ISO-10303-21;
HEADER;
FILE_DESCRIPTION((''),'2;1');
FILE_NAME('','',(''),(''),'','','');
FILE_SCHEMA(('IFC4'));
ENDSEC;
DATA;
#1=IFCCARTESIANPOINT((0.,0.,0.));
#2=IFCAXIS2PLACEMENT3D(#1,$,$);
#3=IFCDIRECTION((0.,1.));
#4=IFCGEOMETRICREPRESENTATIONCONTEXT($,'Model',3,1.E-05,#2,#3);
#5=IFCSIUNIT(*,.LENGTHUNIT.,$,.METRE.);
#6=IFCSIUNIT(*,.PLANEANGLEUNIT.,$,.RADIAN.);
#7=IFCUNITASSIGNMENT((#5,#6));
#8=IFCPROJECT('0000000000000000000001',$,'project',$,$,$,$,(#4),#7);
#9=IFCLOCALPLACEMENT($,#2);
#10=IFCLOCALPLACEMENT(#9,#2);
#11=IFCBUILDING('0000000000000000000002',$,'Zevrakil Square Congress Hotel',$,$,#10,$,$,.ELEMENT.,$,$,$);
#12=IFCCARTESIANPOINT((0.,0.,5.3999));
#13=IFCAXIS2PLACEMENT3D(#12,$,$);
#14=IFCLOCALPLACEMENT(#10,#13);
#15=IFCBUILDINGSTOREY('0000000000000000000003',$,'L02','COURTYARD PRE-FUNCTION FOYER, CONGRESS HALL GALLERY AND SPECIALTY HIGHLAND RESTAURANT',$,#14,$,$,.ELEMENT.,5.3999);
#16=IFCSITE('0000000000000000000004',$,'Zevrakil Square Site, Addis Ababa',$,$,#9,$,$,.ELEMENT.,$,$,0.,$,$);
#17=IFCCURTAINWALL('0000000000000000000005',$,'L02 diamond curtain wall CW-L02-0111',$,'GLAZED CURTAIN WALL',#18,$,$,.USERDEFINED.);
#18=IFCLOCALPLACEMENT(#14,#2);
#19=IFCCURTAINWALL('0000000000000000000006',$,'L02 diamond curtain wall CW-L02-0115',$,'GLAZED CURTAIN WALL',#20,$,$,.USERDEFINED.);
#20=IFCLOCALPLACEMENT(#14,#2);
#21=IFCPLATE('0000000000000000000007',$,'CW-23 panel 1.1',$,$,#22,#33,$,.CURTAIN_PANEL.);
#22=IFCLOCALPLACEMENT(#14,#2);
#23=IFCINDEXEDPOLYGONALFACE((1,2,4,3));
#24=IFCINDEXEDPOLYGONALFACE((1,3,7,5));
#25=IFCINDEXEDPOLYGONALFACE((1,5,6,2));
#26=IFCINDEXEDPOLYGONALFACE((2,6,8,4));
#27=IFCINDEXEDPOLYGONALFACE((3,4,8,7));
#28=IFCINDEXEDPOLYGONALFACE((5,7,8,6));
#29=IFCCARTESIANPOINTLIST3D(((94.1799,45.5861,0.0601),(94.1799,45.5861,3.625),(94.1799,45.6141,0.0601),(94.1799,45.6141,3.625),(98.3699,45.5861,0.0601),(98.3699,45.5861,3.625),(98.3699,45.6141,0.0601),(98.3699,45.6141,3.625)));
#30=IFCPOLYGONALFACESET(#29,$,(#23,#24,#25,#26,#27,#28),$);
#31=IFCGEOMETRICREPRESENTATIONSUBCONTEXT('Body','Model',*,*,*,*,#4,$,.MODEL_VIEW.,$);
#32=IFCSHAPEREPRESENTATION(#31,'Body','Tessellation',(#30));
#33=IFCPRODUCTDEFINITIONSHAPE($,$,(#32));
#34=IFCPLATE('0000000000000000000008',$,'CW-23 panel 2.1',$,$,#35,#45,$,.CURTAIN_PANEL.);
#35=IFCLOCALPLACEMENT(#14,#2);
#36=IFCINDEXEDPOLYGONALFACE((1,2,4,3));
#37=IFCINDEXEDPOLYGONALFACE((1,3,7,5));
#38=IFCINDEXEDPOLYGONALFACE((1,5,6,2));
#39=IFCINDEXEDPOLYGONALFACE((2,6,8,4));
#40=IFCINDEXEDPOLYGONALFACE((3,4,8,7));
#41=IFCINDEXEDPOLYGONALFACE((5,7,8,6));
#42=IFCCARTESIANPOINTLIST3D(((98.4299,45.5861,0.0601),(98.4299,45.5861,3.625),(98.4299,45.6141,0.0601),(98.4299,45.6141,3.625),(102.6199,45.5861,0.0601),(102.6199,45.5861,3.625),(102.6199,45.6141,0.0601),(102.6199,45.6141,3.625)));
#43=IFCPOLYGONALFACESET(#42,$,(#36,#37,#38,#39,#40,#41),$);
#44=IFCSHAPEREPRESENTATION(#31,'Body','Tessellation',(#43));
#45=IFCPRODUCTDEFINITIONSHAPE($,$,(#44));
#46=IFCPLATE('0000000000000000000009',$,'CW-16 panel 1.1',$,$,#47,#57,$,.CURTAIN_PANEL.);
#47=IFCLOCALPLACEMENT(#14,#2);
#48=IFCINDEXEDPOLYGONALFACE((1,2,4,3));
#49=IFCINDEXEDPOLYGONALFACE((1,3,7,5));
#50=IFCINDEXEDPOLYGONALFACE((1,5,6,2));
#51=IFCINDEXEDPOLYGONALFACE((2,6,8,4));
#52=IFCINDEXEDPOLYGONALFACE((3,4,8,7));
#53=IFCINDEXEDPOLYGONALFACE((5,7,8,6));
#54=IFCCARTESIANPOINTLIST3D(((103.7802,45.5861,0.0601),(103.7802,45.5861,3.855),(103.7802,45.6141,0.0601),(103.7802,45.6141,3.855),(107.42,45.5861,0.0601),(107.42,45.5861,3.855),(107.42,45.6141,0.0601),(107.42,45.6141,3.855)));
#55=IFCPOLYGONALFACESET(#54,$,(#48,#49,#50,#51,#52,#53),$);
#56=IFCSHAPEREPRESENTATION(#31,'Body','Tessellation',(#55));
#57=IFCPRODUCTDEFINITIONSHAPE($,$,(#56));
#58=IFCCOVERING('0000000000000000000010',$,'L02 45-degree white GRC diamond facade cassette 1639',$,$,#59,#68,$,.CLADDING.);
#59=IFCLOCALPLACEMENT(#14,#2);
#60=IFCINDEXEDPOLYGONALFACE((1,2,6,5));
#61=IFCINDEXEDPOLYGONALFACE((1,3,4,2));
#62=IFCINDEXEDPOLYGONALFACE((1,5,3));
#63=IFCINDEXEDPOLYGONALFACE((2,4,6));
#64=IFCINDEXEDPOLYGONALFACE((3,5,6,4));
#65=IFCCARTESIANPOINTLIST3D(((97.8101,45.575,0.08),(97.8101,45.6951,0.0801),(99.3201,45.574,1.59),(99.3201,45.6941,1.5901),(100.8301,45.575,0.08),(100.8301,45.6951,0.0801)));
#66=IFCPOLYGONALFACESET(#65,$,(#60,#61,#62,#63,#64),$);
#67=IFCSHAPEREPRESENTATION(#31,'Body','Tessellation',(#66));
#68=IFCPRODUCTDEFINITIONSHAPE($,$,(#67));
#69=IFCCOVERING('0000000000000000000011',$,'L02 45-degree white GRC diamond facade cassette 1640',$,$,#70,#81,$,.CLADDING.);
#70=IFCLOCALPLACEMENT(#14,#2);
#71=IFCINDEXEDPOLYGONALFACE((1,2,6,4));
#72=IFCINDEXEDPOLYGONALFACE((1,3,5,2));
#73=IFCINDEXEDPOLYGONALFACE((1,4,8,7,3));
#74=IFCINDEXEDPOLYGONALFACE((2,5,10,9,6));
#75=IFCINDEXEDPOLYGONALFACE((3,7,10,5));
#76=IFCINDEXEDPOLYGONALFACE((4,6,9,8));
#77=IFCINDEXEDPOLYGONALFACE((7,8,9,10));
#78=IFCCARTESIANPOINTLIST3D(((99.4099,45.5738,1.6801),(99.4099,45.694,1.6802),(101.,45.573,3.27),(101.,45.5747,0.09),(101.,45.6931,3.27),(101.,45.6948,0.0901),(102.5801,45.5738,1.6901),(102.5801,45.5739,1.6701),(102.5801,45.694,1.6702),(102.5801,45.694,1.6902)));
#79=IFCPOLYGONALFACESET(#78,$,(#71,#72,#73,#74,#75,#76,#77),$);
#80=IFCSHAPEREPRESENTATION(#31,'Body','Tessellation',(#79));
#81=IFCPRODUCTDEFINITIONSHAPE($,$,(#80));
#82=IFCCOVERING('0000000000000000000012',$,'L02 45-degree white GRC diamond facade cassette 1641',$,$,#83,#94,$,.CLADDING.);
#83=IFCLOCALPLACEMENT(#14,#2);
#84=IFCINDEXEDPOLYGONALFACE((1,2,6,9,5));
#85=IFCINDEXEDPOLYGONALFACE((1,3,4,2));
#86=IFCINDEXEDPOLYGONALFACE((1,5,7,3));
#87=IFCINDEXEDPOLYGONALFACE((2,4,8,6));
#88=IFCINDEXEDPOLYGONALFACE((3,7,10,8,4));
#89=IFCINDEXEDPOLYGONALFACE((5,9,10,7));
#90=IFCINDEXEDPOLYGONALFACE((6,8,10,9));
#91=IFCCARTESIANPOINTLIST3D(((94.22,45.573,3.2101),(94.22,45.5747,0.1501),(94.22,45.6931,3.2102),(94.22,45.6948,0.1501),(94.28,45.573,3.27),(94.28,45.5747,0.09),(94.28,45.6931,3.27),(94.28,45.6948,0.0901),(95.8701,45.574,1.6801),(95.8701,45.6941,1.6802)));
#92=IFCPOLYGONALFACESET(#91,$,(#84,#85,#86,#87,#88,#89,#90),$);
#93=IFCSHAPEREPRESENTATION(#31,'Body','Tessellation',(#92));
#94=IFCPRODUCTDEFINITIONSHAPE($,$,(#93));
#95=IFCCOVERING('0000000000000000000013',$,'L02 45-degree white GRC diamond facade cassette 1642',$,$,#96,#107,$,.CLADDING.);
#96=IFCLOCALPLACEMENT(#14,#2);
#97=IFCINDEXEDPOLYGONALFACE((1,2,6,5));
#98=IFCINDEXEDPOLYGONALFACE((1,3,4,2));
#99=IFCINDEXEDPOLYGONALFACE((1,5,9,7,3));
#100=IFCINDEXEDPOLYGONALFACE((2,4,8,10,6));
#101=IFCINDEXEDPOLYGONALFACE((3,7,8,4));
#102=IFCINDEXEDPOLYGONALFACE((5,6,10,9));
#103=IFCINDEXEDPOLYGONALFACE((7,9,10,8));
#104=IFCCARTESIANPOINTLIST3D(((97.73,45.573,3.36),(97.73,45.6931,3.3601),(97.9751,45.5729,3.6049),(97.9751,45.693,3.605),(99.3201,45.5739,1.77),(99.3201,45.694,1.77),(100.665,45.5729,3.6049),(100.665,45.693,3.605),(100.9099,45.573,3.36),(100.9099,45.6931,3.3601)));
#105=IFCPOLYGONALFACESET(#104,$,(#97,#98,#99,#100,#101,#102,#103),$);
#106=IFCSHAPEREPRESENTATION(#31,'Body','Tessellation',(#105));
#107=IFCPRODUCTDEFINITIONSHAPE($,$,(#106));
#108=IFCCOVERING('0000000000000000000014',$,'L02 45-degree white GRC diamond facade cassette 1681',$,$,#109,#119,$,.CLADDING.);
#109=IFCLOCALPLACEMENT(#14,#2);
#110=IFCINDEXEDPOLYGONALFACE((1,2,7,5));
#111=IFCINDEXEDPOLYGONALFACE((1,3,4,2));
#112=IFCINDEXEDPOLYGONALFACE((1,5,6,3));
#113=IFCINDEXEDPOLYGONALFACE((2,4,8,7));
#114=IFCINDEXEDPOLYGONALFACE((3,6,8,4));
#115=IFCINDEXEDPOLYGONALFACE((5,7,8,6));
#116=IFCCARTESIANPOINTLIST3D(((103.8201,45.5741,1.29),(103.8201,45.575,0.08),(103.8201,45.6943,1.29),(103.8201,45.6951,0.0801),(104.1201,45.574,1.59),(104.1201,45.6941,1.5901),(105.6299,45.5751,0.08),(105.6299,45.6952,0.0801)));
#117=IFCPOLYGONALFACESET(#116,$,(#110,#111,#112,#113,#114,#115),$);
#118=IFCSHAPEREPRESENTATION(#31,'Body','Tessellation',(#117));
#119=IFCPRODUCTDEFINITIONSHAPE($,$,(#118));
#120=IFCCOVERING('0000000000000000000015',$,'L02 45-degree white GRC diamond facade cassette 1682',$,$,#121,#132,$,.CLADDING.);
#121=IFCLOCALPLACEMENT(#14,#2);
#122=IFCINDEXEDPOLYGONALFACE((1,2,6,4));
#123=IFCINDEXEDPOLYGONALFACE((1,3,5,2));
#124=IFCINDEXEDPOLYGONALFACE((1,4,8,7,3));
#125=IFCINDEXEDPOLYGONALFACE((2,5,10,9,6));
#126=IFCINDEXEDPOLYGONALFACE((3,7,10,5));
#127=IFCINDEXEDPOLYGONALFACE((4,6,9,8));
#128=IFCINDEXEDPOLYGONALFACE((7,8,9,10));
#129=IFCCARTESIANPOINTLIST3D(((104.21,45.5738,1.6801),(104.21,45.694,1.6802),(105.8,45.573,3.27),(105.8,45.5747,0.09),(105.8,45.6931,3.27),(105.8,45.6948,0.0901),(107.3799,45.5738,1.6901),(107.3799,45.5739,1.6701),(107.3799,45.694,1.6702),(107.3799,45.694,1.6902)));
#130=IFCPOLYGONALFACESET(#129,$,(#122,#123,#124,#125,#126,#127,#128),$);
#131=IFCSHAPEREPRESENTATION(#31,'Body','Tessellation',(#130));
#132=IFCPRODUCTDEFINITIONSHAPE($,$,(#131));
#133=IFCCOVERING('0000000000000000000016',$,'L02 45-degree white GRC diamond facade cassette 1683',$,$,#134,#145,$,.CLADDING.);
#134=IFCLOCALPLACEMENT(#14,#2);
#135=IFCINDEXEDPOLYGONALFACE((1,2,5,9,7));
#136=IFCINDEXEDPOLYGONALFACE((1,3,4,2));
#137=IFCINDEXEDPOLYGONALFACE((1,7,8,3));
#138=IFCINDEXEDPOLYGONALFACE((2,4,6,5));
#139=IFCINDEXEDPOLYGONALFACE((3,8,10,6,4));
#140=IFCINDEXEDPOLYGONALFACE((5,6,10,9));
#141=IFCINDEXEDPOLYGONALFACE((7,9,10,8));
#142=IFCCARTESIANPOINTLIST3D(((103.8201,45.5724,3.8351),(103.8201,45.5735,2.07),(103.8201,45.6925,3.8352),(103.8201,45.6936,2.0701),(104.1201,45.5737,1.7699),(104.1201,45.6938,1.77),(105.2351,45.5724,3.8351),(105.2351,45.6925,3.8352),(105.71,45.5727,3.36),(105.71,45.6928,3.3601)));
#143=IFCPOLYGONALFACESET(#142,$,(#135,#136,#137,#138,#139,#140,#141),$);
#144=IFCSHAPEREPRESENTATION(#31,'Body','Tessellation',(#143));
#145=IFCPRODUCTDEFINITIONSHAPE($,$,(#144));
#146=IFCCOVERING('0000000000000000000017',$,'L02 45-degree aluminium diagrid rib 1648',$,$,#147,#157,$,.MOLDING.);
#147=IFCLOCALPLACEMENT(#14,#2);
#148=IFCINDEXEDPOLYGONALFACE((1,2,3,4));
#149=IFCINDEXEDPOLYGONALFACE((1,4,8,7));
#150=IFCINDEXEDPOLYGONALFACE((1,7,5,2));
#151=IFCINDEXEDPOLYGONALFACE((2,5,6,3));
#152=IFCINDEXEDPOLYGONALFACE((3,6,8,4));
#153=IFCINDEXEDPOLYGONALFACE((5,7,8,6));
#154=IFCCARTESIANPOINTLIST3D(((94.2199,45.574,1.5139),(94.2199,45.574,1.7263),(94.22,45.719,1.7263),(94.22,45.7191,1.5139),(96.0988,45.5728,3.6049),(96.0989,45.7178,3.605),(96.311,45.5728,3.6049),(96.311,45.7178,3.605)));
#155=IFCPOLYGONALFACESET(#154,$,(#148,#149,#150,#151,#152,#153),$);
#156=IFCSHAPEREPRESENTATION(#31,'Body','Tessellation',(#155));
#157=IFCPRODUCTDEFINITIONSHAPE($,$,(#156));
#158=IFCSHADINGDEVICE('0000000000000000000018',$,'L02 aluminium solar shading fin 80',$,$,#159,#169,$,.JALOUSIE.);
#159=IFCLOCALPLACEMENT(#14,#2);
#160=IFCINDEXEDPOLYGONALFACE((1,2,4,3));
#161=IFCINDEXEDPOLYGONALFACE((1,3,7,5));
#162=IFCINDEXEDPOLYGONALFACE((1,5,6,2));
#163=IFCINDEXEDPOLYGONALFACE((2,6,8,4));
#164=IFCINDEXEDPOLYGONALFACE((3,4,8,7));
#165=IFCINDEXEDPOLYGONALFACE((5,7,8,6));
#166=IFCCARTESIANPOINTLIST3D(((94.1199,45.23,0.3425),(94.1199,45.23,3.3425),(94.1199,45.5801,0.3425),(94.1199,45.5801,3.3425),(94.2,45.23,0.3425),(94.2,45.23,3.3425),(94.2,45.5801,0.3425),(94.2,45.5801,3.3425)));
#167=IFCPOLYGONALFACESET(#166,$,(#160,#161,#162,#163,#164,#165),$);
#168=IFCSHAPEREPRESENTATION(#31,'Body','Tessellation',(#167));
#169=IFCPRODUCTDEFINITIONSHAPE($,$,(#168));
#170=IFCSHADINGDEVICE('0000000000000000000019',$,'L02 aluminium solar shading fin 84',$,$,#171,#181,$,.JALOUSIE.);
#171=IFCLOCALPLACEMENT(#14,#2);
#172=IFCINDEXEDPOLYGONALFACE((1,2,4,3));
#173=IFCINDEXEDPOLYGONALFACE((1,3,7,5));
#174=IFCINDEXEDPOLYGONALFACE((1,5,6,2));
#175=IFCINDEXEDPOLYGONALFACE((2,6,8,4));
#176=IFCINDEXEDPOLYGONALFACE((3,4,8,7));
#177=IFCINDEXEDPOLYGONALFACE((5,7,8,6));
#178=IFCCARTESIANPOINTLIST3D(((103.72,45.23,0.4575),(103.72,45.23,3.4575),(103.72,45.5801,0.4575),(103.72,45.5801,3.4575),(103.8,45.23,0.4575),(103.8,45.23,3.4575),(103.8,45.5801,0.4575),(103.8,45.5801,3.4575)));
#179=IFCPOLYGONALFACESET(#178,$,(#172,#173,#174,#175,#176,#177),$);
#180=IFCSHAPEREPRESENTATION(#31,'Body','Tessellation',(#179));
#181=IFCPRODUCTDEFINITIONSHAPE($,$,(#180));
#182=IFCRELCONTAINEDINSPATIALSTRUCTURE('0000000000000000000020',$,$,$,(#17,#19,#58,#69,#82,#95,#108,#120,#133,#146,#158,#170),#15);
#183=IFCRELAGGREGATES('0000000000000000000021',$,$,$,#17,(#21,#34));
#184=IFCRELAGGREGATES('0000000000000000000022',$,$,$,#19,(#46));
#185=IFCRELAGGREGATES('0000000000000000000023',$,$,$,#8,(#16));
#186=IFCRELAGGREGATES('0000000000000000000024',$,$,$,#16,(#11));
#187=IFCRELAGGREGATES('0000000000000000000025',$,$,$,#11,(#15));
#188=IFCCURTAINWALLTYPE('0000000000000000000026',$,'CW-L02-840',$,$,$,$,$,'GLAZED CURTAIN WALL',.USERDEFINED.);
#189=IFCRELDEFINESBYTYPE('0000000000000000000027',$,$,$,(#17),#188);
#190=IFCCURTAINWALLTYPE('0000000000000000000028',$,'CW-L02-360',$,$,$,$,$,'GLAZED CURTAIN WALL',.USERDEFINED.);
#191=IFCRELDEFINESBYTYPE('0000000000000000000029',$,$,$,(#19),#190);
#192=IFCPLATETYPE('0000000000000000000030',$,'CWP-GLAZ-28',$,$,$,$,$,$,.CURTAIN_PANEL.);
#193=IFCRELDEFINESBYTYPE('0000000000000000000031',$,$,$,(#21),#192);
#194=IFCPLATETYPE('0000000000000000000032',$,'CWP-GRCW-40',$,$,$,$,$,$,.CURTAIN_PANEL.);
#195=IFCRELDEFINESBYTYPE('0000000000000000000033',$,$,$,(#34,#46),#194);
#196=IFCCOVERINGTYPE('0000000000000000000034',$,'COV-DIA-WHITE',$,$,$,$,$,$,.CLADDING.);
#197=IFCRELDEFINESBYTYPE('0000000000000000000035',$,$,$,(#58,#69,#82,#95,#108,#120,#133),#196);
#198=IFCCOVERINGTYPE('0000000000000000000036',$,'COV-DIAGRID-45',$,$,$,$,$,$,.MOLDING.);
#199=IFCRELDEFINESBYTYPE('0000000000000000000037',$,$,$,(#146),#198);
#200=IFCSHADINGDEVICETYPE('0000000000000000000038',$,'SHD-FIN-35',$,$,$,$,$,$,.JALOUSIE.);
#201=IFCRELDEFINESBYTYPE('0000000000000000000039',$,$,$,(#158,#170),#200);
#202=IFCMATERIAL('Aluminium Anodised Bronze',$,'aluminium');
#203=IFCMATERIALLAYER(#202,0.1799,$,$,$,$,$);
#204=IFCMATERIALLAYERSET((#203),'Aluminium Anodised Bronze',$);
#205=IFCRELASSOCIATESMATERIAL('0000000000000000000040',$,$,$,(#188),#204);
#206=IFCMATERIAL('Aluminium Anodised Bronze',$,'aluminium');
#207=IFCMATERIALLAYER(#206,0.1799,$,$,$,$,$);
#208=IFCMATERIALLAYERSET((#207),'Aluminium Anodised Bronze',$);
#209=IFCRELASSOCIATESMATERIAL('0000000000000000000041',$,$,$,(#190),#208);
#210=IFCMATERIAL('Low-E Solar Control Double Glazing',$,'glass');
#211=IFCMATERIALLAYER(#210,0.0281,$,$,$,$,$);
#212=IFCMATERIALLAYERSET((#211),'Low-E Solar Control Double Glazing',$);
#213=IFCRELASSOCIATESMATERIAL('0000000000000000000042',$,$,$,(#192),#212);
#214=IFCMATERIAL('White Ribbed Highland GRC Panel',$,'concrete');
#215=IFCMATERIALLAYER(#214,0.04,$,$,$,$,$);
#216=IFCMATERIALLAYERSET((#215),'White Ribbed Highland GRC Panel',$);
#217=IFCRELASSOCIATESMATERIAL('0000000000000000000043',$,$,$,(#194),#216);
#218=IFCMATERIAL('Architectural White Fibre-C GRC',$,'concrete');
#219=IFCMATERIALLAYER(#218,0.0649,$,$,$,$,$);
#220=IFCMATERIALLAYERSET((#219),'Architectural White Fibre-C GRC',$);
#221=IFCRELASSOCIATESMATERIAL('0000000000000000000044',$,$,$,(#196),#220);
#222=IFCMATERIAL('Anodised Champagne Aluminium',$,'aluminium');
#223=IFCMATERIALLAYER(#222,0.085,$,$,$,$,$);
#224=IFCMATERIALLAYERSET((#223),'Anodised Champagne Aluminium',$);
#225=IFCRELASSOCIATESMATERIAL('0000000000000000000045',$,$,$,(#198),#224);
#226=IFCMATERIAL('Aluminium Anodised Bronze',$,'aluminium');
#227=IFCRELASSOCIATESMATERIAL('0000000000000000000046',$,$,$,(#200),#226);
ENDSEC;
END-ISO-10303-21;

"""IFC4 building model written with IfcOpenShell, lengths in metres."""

from ifc_helpers import new_model, si_unit, direction, frame, origin, origin_2d, place, context, subcontext, project, spatial, polyline, rectangle, outline, extrude, material, layer, layer_set, type_object, element, aggregate, save


model = new_model("IFC4")

# Units and contexts
model_context = context("Model", 3, precision=1e-05, world=origin(), true_north=direction((0.0, 1.0)))
body_context = subcontext(model_context, "Body", "Model", "MODEL_VIEW")
ifc_project = project(units=[si_unit("LENGTHUNIT", "METRE"), si_unit("PLANEANGLEUNIT", "RADIAN")], contexts=[model_context])

# Site, building, storey
site_placement = place(None, origin())
site = spatial("IfcSite", under=ifc_project, at=site_placement, Name="Zevrakil Square Site, Addis Ababa", CompositionType="ELEMENT", RefElevation=0.0)
building_placement = place(site_placement, origin())
building = spatial("IfcBuilding", under=site, at=building_placement, Name="Zevrakil Square Congress Hotel", CompositionType="ELEMENT")
storey_placement = place(building_placement, frame((0.0, 0.0, 5.3999)))
storey = spatial("IfcBuildingStorey", under=building, at=storey_placement, Name="L02", Description="COURTYARD PRE-FUNCTION FOYER, CONGRESS HALL GALLERY AND SPECIALTY HIGHLAND RESTAURANT", CompositionType="ELEMENT", Elevation=5.3999)

# Curtain walls
ifc_material_1 = material(Name="Aluminium Anodised Bronze", Category="aluminium")
ifc_layer_1 = layer(ifc_material_1, 0.1799)
ifc_layer_set_1 = layer_set([ifc_layer_1], Name="Aluminium Anodised Bronze")
curtain_wall_type_1 = type_object("IfcCurtainWallType", Name="CW-L02-840", ElementType="GLAZED CURTAIN WALL", PredefinedType="USERDEFINED", material=ifc_layer_set_1)
curtain_wall_1_placement = place(storey_placement, origin())
curtain_wall_1 = element("IfcCurtainWall", 1, at=curtain_wall_1_placement, inside=storey, type_object=curtain_wall_type_1, Name="L02 diamond curtain wall CW-L02-0111", ObjectType="GLAZED CURTAIN WALL", PredefinedType="USERDEFINED")
ifc_material_2 = material(Name="Aluminium Anodised Bronze", Category="aluminium")
ifc_layer_2 = layer(ifc_material_2, 0.1799)
ifc_layer_set_2 = layer_set([ifc_layer_2], Name="Aluminium Anodised Bronze")
curtain_wall_type_2 = type_object("IfcCurtainWallType", Name="CW-L02-360", ElementType="GLAZED CURTAIN WALL", PredefinedType="USERDEFINED", material=ifc_layer_set_2)
curtain_wall_2_placement = place(storey_placement, origin())
curtain_wall_2 = element("IfcCurtainWall", 2, at=curtain_wall_2_placement, inside=storey, type_object=curtain_wall_type_2, Name="L02 diamond curtain wall CW-L02-0115", ObjectType="GLAZED CURTAIN WALL", PredefinedType="USERDEFINED")

# Plates
ifc_material_3 = material(Name="Low-E Solar Control Double Glazing", Category="glass")
ifc_layer_3 = layer(ifc_material_3, 0.0281)
ifc_layer_set_3 = layer_set([ifc_layer_3], Name="Low-E Solar Control Double Glazing")
plate_type_1 = type_object("IfcPlateType", Name="CWP-GLAZ-28", PredefinedType="CURTAIN_PANEL", material=ifc_layer_set_3)
plate_1_placement = place(storey_placement, frame((96.2749, 45.6001, 0.0601), z_axis=(0.0, 0.0, 1.0), x_axis=(1.0, 0.0, 0.0)))
plate_1 = element("IfcPlate", 3, at=plate_1_placement, type_object=plate_type_1, Name="CW-23 panel 1.1", PredefinedType="CURTAIN_PANEL", context=body_context, shape_type="SweptSolid", body=[
    extrude(rectangle(XDim=4.1899, YDim=0.0281, at=origin_2d()), origin(), (0.0, 0.0, 1.0), 3.5649),
])
ifc_material_4 = material(Name="White Ribbed Highland GRC Panel", Category="concrete")
ifc_layer_4 = layer(ifc_material_4, 0.04)
ifc_layer_set_4 = layer_set([ifc_layer_4], Name="White Ribbed Highland GRC Panel")
plate_type_2 = type_object("IfcPlateType", Name="CWP-GRCW-40", PredefinedType="CURTAIN_PANEL", material=ifc_layer_set_4)
plate_2_placement = place(storey_placement, frame((100.5249, 45.6001, 0.0601), z_axis=(0.0, 0.0, 1.0), x_axis=(1.0, 0.0, 0.0)))
plate_2 = element("IfcPlate", 4, at=plate_2_placement, type_object=plate_type_2, Name="CW-23 panel 2.1", PredefinedType="CURTAIN_PANEL", context=body_context, shape_type="SweptSolid", body=[
    extrude(rectangle(XDim=4.1899, YDim=0.0281, at=origin_2d()), origin(), (0.0, 0.0, 1.0), 3.5649),
])
aggregate(curtain_wall_1, [plate_1, plate_2])
plate_3_placement = place(storey_placement, frame((105.6001, 45.6001, 0.0601), z_axis=(0.0, 0.0, 1.0), x_axis=(1.0, 0.0, 0.0)))
plate_3 = element("IfcPlate", 5, at=plate_3_placement, type_object=plate_type_2, Name="CW-16 panel 1.1", PredefinedType="CURTAIN_PANEL", context=body_context, shape_type="SweptSolid", body=[
    extrude(rectangle(XDim=3.6399, YDim=0.0281, at=origin_2d()), origin(), (0.0, 0.0, 1.0), 3.7949),
])
aggregate(curtain_wall_2, [plate_3])

# Coverings
ifc_material_5 = material(Name="Architectural White Fibre-C GRC", Category="concrete")
ifc_layer_5 = layer(ifc_material_5, 0.0649)
ifc_layer_set_5 = layer_set([ifc_layer_5], Name="Architectural White Fibre-C GRC")
covering_type_1 = type_object("IfcCoveringType", Name="COV-DIA-WHITE", PredefinedType="CLADDING", material=ifc_layer_set_5)
covering_1_placement = place(storey_placement, frame((99.3201, 45.6941, 1.5901), z_axis=(0.0, 1.0, 0.000647), x_axis=(-0.707107, 0.000457, -0.707107)))
element("IfcCovering", 6, at=covering_1_placement, inside=storey, type_object=covering_type_1, Name="L02 45-degree white GRC diamond facade cassette 1639", PredefinedType="CLADDING", context=body_context, shape_type="SweptSolid", body=[
    extrude(outline(polyline([(0.0, 0.0), (2.1355, 0.0), (0.0, -2.1355), (0.0, 0.0)])), origin(), (0.0, 0.0, -1.0), 0.1201),
])
covering_2_placement = place(storey_placement, frame((101.0, 45.6931, 3.27), z_axis=(0.0, 1.0, 0.000536), x_axis=(-0.707161, 0.000379, -0.707052)))
element("IfcCovering", 7, at=covering_2_placement, inside=storey, type_object=covering_type_1, Name="L02 45-degree white GRC diamond facade cassette 1640", PredefinedType="CLADDING", context=body_context, shape_type="SweptSolid", body=[
    extrude(outline(polyline([(0.0, 0.0), (2.2486, 0.0), (2.2484, -2.2487), (0.0138, -2.2486), (-0.0003, -2.2344), (0.0, 0.0)])), origin(), (0.0, 0.0, -1.0), 0.1201),
])
covering_3_placement = place(storey_placement, frame((94.28, 45.6948, 0.0901), z_axis=(-0.000071, 1.0, 0.000538), x_axis=(0.707107, -0.00033, 0.707107)))
element("IfcCovering", 8, at=covering_3_placement, inside=storey, type_object=covering_type_1, Name="L02 45-degree white GRC diamond facade cassette 1641", PredefinedType="CLADDING", context=body_context, shape_type="SweptSolid", body=[
    extrude(outline(polyline([(0.0, 0.0), (2.2487, 0.0), (2.2486, -2.2486), (2.1638, -2.2487), (0.0, -0.0849), (0.0, 0.0)])), origin(), (0.0, 0.0, -1.0), 0.1201),
])
covering_4_placement = place(storey_placement, frame((97.73, 45.6931, 3.3601), z_axis=(0.0, 1.0, 0.000579), x_axis=(0.707107, 0.00041, -0.707107)))
element("IfcCovering", 9, at=covering_4_placement, inside=storey, type_object=covering_type_1, Name="L02 45-degree white GRC diamond facade cassette 1642", PredefinedType="CLADDING", context=body_context, shape_type="SweptSolid", body=[
    extrude(outline(polyline([(0.0, 0.0), (2.2487, 0.0), (2.2486, -2.2486), (1.9022, -2.2486), (0.0002, -0.3465), (0.0, 0.0)])), origin(), (0.0, 0.0, -1.0), 0.1201),
])
covering_5_placement = place(storey_placement, frame((104.1201, 45.6941, 1.5901), z_axis=(-0.000095, 1.0, 0.000666), x_axis=(-0.707107, 0.000404, -0.707107)))
element("IfcCovering", 10, at=covering_5_placement, inside=storey, type_object=covering_type_1, Name="L02 45-degree white GRC diamond facade cassette 1681", PredefinedType="CLADDING", context=body_context, shape_type="SweptSolid", body=[
    extrude(outline(polyline([(0.0, 0.0), (0.4243, 0.0), (1.2799, -0.8556), (0.0002, -2.1353), (0.0, 0.0)])), origin(), (0.0, 0.0, -1.0), 0.1201),
])
covering_6_placement = place(storey_placement, frame((105.8, 45.6931, 3.27), z_axis=(0.0, 1.0, 0.000536), x_axis=(-0.707161, 0.000379, -0.707052)))
element("IfcCovering", 11, at=covering_6_placement, inside=storey, type_object=covering_type_1, Name="L02 45-degree white GRC diamond facade cassette 1682", PredefinedType="CLADDING", context=body_context, shape_type="SweptSolid", body=[
    extrude(outline(polyline([(0.0, 0.0), (2.2486, 0.0), (2.2484, -2.2487), (0.014, -2.2484), (-0.0002, -2.2342), (0.0, 0.0)])), origin(), (0.0, 0.0, -1.0), 0.1201),
])
covering_7_placement = place(storey_placement, frame((104.1201, 45.6938, 1.77), z_axis=(-0.000013, 1.0, 0.000648), x_axis=(0.707052, -0.00045, 0.707161)))
element("IfcCovering", 12, at=covering_7_placement, inside=storey, type_object=covering_type_1, Name="L02 45-degree white GRC diamond facade cassette 1683", PredefinedType="CLADDING", context=body_context, shape_type="SweptSolid", body=[
    extrude(outline(polyline([(0.0, 0.0), (2.2486, 0.0), (2.2488, -0.6717), (1.2483, -1.6724), (0.0, -0.4243), (0.0, 0.0)])), origin(), (0.0, 0.0, -1.0), 0.1201),
])
ifc_material_6 = material(Name="Anodised Champagne Aluminium", Category="aluminium")
ifc_layer_6 = layer(ifc_material_6, 0.085)
ifc_layer_set_6 = layer_set([ifc_layer_6], Name="Anodised Champagne Aluminium")
covering_type_2 = type_object("IfcCoveringType", Name="COV-DIAGRID-45", PredefinedType="MOLDING", material=ifc_layer_set_6)
covering_8_placement = place(storey_placement, frame((96.311, 45.7178, 3.605), z_axis=(0.000308, 1.0, 0.000307), x_axis=(-1.0, 0.000308, 0.0)))
element("IfcCovering", 13, at=covering_8_placement, inside=storey, type_object=covering_type_2, Name="L02 45-degree aluminium diagrid rib 1648", PredefinedType="MOLDING", context=body_context, shape_type="SweptSolid", body=[
    extrude(outline(polyline([(0.0, 0.0), (0.2122, 0.0), (2.0911, -1.8787), (2.0911, -2.0911), (0.0, 0.0)])), origin(), (0.0, 0.0, -1.0), 0.145),
])

# Shading devices
ifc_material_7 = material(Name="Aluminium Anodised Bronze", Category="aluminium")
shading_device_type = type_object("IfcShadingDeviceType", Name="SHD-FIN-35", PredefinedType="JALOUSIE", material=ifc_material_7)
for number, where, z_axis, x_axis, name in (
    (14, (94.1599, 45.405, 0.3425), (0.0, 0.0, 1.0), (0.0, -1.0, 0.0), "L02 aluminium solar shading fin 80"),
    (15, (103.76, 45.405, 0.4575), (0.0, 0.0, 1.0), (0.0, -1.0, 0.0), "L02 aluminium solar shading fin 84"),
):
    element("IfcShadingDevice", number, at=place(storey_placement, frame(where, z_axis=z_axis, x_axis=x_axis)), inside=storey, type_object=shading_device_type, Name=name, PredefinedType="JALOUSIE", context=body_context, shape_type="SweptSolid", body=[
        extrude(rectangle(XDim=0.3501, YDim=0.0801, at=origin_2d()), origin(), (0.0, 0.0, 1.0), 3.0),
    ])

save(model, "model.ifc")
